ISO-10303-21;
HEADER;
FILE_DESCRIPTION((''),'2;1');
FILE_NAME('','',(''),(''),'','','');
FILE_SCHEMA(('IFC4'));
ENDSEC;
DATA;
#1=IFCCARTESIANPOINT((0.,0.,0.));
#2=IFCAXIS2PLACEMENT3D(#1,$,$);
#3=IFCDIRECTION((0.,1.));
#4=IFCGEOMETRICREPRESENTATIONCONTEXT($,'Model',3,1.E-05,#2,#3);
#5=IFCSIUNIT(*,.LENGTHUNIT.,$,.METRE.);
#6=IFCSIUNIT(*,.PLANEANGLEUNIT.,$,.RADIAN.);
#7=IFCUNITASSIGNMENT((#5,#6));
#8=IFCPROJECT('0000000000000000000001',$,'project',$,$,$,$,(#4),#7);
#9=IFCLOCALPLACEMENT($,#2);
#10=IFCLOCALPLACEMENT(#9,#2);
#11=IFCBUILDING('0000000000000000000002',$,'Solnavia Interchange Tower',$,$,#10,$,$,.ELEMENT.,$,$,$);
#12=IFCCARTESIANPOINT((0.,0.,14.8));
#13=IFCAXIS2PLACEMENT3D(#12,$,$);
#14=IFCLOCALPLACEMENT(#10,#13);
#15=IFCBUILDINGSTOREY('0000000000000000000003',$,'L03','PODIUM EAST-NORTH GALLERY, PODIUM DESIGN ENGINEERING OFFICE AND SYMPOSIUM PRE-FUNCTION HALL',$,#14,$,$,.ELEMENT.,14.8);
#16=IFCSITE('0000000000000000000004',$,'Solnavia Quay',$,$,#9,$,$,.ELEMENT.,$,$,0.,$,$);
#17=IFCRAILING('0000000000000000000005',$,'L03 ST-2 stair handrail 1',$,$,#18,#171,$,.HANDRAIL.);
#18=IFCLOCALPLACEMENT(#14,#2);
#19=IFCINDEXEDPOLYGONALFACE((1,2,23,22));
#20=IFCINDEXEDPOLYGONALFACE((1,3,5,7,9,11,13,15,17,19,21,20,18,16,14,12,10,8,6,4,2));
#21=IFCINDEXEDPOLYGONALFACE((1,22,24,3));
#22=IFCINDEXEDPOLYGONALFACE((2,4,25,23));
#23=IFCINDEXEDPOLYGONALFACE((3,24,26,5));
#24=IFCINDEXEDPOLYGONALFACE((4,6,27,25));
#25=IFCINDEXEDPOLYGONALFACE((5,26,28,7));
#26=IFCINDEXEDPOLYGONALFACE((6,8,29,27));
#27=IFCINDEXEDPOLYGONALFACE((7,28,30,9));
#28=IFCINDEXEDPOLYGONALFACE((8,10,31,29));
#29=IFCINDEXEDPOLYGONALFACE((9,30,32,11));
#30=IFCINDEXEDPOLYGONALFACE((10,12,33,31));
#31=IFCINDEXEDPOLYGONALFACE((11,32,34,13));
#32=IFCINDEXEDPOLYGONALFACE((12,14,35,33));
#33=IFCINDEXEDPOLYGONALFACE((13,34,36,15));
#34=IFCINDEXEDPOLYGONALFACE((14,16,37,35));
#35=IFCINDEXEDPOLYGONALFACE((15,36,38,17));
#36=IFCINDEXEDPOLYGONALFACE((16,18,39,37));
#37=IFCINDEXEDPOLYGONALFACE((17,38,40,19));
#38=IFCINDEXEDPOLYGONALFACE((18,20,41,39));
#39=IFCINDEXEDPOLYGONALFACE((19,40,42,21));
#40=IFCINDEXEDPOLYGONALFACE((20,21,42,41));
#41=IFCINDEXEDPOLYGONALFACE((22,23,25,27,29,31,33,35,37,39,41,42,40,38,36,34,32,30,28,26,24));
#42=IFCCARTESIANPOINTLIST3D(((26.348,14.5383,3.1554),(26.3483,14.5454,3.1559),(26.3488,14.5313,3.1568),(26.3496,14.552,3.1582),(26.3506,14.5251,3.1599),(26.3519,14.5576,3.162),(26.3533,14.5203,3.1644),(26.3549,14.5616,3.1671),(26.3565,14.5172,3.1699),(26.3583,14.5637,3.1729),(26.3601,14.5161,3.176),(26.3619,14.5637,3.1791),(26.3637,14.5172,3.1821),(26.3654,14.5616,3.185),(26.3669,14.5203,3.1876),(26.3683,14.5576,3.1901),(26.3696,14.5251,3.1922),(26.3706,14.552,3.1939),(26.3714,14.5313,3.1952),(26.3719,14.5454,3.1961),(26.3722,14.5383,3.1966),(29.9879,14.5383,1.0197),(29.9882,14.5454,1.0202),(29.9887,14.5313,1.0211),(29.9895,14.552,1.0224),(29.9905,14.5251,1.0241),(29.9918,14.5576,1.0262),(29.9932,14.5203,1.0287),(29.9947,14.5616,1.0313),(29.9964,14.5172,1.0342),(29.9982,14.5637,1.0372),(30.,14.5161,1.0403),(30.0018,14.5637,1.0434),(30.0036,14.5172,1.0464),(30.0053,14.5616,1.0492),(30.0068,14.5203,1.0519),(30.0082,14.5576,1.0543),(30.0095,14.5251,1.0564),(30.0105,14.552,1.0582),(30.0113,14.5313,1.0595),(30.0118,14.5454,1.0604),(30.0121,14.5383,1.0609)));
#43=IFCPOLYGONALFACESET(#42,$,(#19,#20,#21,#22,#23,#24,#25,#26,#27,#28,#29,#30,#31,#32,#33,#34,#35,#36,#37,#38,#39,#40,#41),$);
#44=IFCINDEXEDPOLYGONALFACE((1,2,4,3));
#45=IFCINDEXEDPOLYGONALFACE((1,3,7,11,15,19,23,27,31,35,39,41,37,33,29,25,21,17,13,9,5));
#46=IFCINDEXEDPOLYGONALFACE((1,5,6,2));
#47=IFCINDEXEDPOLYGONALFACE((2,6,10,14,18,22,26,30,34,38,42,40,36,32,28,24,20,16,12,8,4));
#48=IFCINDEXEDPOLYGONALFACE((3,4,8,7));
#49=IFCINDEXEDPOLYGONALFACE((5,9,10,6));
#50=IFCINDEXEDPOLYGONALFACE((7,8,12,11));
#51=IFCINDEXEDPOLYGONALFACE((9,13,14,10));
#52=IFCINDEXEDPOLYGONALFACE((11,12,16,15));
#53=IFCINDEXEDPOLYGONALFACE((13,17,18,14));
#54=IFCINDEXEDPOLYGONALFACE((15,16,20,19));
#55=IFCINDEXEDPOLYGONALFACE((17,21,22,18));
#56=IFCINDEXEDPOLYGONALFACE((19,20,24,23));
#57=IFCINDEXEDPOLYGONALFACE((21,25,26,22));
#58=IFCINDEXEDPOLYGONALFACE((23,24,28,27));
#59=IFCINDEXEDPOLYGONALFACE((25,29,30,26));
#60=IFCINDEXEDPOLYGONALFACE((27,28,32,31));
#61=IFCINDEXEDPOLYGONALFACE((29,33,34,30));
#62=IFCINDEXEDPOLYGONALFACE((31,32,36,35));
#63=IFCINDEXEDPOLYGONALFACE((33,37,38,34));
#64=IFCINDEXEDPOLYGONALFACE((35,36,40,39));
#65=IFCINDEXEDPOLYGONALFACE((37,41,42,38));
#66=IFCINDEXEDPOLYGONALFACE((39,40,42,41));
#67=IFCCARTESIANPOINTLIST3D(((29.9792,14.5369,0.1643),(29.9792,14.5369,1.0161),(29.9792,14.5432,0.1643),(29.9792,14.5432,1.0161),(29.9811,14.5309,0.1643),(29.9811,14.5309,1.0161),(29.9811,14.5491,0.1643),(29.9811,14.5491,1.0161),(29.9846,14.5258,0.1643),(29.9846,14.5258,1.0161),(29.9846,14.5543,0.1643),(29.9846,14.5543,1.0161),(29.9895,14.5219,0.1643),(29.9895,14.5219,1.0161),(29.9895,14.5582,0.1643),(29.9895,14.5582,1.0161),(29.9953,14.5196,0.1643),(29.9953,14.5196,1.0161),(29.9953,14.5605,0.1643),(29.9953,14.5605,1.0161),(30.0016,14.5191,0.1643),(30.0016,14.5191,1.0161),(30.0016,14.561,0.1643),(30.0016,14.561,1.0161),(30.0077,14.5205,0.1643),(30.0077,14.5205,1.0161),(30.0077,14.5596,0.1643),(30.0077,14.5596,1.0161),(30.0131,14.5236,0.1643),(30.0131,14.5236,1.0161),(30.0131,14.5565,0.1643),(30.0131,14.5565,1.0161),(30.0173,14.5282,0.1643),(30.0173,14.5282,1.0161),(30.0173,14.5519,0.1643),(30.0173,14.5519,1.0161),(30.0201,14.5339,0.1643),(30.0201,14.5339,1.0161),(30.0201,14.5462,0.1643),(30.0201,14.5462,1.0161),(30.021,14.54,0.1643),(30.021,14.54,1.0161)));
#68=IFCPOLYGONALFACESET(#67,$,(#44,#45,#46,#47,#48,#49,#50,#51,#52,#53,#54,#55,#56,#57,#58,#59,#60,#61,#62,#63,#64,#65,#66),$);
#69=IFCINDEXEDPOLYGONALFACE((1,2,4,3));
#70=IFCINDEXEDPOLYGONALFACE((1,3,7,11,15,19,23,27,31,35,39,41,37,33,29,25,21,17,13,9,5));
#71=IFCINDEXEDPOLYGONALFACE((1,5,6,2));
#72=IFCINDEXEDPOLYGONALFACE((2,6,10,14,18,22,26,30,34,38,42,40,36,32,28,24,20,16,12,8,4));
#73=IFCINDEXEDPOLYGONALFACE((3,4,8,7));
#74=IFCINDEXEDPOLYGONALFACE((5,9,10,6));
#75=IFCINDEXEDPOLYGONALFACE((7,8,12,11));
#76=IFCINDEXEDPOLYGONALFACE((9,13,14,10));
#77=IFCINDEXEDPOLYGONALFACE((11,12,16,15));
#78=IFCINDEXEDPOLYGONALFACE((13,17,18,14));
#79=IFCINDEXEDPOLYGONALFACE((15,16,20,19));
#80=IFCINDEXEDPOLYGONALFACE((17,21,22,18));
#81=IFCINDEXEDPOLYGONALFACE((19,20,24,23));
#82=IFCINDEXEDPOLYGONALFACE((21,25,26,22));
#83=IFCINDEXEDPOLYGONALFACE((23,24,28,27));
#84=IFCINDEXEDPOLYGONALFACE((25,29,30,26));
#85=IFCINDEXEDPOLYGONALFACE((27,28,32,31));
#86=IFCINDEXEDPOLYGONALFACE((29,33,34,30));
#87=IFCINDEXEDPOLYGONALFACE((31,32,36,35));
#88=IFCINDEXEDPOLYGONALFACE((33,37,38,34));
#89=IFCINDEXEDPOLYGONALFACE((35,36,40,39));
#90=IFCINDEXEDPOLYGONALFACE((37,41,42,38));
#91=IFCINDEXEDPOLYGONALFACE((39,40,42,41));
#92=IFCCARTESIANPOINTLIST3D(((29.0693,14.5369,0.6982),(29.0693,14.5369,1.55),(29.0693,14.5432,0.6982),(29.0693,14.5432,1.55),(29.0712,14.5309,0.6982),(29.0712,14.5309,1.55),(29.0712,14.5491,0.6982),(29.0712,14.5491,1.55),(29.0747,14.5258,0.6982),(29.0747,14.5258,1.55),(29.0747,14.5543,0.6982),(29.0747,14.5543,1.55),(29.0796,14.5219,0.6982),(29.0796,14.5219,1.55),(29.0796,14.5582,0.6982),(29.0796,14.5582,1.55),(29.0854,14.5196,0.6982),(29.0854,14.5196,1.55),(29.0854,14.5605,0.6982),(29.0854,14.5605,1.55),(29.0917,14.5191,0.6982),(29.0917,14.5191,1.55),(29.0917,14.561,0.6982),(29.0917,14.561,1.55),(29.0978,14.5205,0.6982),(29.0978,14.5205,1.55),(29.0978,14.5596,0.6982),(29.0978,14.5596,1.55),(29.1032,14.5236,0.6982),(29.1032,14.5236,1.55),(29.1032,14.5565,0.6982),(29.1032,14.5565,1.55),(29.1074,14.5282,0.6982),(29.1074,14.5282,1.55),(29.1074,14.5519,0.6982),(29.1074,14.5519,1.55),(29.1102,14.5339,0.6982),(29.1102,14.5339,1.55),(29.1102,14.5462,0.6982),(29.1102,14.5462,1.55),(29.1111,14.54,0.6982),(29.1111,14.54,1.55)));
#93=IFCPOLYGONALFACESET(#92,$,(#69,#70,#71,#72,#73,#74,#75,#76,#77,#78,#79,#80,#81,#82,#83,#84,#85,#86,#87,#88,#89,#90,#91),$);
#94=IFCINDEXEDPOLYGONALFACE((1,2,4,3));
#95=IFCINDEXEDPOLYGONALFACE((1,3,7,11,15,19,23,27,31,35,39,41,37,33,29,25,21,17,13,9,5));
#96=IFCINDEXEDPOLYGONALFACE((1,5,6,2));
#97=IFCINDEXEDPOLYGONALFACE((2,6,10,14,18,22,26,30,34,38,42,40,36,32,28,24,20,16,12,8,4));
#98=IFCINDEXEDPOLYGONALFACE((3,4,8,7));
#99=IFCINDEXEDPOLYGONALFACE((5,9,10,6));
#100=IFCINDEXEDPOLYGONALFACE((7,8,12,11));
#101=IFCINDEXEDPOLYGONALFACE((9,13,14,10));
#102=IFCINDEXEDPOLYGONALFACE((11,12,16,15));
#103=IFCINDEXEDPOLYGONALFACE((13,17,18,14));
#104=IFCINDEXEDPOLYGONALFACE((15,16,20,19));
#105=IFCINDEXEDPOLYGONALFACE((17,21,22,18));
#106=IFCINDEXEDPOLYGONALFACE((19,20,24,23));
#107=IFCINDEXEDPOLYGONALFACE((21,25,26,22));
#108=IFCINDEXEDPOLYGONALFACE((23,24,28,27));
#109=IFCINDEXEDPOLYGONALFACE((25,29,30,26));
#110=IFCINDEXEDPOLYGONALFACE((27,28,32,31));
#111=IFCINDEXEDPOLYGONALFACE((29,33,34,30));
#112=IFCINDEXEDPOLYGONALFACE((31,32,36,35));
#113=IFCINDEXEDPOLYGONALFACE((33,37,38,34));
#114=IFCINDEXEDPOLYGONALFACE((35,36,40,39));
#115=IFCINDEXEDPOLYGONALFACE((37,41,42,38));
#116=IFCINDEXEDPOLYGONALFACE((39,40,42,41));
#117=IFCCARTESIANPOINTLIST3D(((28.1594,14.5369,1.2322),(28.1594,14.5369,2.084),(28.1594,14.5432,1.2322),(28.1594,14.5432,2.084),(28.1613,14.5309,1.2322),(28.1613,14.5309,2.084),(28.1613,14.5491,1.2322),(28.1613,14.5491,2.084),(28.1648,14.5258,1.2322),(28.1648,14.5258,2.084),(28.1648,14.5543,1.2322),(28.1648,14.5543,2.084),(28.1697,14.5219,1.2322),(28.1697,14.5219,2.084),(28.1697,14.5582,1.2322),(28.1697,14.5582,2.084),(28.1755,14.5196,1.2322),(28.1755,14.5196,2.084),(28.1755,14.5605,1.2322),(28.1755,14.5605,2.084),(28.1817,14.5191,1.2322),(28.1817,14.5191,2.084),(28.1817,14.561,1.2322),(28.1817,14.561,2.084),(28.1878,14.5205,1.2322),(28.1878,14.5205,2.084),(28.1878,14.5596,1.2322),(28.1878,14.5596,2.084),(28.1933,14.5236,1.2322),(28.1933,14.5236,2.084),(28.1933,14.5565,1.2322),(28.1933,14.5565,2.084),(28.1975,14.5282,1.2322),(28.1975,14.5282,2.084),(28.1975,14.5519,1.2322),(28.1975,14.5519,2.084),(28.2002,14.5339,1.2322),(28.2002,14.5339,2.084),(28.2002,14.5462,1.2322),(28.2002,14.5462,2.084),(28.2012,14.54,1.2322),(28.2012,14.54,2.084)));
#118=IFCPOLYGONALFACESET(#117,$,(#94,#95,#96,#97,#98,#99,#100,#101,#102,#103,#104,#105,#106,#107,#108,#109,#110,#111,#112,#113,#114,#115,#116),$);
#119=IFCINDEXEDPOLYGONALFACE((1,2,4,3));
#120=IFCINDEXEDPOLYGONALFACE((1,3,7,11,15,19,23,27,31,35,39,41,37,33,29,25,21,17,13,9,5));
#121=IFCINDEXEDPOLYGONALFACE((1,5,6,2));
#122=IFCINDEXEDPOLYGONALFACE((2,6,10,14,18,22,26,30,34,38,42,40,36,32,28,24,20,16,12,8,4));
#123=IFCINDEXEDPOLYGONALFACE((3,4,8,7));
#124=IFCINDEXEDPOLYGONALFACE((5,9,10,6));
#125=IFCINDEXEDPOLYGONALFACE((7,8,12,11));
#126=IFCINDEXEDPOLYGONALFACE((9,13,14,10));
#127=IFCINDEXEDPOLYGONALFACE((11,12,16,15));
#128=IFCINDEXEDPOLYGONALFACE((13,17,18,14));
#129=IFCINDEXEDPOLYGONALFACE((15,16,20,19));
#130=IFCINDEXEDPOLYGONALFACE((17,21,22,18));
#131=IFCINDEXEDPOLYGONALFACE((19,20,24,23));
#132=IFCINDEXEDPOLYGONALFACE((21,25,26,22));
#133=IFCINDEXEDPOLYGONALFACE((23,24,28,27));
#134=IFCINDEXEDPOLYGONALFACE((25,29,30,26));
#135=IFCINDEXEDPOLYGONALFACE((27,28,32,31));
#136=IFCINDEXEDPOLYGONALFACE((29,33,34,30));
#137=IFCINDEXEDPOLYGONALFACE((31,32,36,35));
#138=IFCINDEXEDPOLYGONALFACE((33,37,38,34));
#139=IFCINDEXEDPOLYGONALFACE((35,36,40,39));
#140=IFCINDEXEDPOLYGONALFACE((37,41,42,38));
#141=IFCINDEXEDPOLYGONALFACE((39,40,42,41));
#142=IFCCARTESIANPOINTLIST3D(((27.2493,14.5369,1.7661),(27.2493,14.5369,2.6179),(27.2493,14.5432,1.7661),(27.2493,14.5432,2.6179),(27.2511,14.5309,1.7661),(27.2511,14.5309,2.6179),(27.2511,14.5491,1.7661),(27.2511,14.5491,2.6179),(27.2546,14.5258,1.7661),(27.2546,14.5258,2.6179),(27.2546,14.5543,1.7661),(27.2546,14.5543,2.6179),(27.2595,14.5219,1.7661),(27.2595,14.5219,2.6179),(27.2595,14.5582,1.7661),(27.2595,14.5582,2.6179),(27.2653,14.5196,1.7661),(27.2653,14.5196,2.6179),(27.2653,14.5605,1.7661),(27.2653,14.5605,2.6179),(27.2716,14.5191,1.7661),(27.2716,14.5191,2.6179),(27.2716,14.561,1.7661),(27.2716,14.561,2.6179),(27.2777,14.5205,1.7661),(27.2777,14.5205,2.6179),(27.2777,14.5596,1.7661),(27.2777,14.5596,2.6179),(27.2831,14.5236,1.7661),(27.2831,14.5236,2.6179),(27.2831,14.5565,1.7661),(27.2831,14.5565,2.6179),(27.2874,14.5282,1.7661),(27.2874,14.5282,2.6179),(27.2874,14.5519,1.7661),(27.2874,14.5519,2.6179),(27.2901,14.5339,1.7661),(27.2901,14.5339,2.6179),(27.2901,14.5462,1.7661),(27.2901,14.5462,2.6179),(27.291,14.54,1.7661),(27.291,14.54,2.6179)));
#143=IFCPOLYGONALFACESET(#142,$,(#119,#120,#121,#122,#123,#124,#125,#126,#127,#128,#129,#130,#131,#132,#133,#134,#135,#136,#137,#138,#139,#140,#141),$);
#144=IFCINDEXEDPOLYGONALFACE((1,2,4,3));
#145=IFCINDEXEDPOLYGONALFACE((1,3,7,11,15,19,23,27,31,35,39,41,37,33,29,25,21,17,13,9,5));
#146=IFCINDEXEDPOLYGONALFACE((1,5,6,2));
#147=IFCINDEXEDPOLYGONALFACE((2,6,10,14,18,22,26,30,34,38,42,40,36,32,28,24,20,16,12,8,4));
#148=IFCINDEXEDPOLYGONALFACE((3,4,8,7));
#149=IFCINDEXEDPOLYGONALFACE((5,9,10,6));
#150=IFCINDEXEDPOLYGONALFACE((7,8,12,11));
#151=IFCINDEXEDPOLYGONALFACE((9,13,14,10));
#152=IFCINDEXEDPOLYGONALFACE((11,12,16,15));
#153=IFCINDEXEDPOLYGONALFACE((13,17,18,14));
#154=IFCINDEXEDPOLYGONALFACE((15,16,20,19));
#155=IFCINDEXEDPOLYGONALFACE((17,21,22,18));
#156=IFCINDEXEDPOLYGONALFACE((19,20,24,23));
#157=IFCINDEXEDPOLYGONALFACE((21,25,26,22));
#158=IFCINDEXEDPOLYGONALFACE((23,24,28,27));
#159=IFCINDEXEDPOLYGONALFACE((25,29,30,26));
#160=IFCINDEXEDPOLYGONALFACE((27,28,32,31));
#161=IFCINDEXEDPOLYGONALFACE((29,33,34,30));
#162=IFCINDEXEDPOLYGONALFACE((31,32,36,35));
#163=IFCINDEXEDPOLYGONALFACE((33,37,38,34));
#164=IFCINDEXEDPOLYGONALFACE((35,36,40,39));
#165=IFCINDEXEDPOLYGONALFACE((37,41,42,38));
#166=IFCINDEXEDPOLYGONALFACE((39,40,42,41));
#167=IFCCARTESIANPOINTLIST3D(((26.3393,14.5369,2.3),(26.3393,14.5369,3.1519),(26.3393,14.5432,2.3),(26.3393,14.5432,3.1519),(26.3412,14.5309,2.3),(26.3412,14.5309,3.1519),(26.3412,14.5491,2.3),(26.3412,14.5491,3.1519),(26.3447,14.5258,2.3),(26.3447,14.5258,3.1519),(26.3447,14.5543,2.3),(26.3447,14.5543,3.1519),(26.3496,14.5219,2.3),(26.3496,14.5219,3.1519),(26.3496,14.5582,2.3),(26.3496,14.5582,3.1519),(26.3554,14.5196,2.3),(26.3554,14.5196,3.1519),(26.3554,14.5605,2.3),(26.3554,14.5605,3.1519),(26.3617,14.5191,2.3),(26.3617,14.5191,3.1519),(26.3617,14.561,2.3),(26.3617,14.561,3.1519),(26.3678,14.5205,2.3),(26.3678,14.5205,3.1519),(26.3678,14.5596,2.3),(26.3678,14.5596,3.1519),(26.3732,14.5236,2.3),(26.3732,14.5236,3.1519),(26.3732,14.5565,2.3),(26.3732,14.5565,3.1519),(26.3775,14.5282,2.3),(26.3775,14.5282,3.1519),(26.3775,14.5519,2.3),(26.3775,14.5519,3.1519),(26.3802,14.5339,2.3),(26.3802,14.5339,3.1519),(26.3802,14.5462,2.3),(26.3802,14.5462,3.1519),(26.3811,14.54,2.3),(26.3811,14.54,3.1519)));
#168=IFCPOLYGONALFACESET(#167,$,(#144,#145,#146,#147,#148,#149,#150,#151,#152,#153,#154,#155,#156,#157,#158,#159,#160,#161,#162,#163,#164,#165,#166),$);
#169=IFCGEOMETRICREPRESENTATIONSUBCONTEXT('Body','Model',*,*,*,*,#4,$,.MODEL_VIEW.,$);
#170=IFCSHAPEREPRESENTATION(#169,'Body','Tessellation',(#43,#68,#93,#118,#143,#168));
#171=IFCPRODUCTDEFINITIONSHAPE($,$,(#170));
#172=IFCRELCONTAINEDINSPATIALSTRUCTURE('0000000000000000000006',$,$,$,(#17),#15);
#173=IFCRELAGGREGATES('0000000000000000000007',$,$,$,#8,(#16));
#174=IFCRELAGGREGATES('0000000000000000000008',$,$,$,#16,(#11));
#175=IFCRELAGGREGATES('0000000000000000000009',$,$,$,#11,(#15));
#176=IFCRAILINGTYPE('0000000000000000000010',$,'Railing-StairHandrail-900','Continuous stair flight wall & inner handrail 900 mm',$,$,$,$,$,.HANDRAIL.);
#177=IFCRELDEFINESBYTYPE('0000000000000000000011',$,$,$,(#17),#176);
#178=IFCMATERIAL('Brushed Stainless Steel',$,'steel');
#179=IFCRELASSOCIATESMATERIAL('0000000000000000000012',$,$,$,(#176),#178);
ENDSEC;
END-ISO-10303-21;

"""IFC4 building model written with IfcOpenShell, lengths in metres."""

from ifc_helpers import new_model, si_unit, direction, frame, origin, origin_2d, place, context, subcontext, project, spatial, circle, extrude, material, type_object, element, save


model = new_model("IFC4")

# Units and contexts
model_context = context("Model", 3, precision=1e-05, world=origin(), true_north=direction((0.0, 1.0)))
body_context = subcontext(model_context, "Body", "Model", "MODEL_VIEW")
ifc_project = project(units=[si_unit("LENGTHUNIT", "METRE"), si_unit("PLANEANGLEUNIT", "RADIAN")], contexts=[model_context])

# Site, building, storey
site_placement = place(None, origin())
site = spatial("IfcSite", under=ifc_project, at=site_placement, Name="Solnavia Quay", CompositionType="ELEMENT", RefElevation=0.0)
building_placement = place(site_placement, origin())
building = spatial("IfcBuilding", under=site, at=building_placement, Name="Solnavia Interchange Tower", CompositionType="ELEMENT")
storey_placement = place(building_placement, frame((0.0, 0.0, 14.8)))
storey = spatial("IfcBuildingStorey", under=building, at=storey_placement, Name="L03", Description="PODIUM EAST-NORTH GALLERY, PODIUM DESIGN ENGINEERING OFFICE AND SYMPOSIUM PRE-FUNCTION HALL", CompositionType="ELEMENT", Elevation=14.8)

# Railing
ifc_material_1 = material(Name="Brushed Stainless Steel", Category="steel")
railing_type_1 = type_object("IfcRailingType", Name="Railing-StairHandrail-900", Description="Continuous stair flight wall & inner handrail 900 mm", PredefinedType="HANDRAIL", material=ifc_material_1)
railing_1_placement = place(storey_placement, frame((30.0, 14.54, 0.1643)))
element("IfcRailing", 1, at=railing_1_placement, inside=storey, type_object=railing_type_1, Name="L03 ST-2 stair handrail 1", PredefinedType="HANDRAIL", context=body_context, shape_type="SweptSolid", body=[
    extrude(circle(Radius=0.0239, at=origin_2d()), frame((0.0, 0.0, 0.876), z_axis=(-0.86249, 0.0, 0.506074), x_axis=(0.0, -1.0, 0.0)), (0.0, 0.0, 1.0), 4.2202),
    extrude(circle(Radius=0.021, at=origin_2d()), origin(), (0.0, 0.0, 1.0), 0.8518),
    extrude(circle(Radius=0.021, at=origin_2d()), frame((-0.9099, 0.0, 0.5339)), (0.0, 0.0, 1.0), 0.8518),
    extrude(circle(Radius=0.021, at=origin_2d()), frame((-1.8198, 0.0, 1.0679)), (0.0, 0.0, 1.0), 0.8518),
    extrude(circle(Radius=0.021, at=origin_2d()), frame((-2.73, 0.0, 1.6018)), (0.0, 0.0, 1.0), 0.8518),
    extrude(circle(Radius=0.021, at=origin_2d()), frame((-3.6399, 0.0, 2.1357)), (0.0, 0.0, 1.0), 0.8518),
])

save(model, "model.ifc")
